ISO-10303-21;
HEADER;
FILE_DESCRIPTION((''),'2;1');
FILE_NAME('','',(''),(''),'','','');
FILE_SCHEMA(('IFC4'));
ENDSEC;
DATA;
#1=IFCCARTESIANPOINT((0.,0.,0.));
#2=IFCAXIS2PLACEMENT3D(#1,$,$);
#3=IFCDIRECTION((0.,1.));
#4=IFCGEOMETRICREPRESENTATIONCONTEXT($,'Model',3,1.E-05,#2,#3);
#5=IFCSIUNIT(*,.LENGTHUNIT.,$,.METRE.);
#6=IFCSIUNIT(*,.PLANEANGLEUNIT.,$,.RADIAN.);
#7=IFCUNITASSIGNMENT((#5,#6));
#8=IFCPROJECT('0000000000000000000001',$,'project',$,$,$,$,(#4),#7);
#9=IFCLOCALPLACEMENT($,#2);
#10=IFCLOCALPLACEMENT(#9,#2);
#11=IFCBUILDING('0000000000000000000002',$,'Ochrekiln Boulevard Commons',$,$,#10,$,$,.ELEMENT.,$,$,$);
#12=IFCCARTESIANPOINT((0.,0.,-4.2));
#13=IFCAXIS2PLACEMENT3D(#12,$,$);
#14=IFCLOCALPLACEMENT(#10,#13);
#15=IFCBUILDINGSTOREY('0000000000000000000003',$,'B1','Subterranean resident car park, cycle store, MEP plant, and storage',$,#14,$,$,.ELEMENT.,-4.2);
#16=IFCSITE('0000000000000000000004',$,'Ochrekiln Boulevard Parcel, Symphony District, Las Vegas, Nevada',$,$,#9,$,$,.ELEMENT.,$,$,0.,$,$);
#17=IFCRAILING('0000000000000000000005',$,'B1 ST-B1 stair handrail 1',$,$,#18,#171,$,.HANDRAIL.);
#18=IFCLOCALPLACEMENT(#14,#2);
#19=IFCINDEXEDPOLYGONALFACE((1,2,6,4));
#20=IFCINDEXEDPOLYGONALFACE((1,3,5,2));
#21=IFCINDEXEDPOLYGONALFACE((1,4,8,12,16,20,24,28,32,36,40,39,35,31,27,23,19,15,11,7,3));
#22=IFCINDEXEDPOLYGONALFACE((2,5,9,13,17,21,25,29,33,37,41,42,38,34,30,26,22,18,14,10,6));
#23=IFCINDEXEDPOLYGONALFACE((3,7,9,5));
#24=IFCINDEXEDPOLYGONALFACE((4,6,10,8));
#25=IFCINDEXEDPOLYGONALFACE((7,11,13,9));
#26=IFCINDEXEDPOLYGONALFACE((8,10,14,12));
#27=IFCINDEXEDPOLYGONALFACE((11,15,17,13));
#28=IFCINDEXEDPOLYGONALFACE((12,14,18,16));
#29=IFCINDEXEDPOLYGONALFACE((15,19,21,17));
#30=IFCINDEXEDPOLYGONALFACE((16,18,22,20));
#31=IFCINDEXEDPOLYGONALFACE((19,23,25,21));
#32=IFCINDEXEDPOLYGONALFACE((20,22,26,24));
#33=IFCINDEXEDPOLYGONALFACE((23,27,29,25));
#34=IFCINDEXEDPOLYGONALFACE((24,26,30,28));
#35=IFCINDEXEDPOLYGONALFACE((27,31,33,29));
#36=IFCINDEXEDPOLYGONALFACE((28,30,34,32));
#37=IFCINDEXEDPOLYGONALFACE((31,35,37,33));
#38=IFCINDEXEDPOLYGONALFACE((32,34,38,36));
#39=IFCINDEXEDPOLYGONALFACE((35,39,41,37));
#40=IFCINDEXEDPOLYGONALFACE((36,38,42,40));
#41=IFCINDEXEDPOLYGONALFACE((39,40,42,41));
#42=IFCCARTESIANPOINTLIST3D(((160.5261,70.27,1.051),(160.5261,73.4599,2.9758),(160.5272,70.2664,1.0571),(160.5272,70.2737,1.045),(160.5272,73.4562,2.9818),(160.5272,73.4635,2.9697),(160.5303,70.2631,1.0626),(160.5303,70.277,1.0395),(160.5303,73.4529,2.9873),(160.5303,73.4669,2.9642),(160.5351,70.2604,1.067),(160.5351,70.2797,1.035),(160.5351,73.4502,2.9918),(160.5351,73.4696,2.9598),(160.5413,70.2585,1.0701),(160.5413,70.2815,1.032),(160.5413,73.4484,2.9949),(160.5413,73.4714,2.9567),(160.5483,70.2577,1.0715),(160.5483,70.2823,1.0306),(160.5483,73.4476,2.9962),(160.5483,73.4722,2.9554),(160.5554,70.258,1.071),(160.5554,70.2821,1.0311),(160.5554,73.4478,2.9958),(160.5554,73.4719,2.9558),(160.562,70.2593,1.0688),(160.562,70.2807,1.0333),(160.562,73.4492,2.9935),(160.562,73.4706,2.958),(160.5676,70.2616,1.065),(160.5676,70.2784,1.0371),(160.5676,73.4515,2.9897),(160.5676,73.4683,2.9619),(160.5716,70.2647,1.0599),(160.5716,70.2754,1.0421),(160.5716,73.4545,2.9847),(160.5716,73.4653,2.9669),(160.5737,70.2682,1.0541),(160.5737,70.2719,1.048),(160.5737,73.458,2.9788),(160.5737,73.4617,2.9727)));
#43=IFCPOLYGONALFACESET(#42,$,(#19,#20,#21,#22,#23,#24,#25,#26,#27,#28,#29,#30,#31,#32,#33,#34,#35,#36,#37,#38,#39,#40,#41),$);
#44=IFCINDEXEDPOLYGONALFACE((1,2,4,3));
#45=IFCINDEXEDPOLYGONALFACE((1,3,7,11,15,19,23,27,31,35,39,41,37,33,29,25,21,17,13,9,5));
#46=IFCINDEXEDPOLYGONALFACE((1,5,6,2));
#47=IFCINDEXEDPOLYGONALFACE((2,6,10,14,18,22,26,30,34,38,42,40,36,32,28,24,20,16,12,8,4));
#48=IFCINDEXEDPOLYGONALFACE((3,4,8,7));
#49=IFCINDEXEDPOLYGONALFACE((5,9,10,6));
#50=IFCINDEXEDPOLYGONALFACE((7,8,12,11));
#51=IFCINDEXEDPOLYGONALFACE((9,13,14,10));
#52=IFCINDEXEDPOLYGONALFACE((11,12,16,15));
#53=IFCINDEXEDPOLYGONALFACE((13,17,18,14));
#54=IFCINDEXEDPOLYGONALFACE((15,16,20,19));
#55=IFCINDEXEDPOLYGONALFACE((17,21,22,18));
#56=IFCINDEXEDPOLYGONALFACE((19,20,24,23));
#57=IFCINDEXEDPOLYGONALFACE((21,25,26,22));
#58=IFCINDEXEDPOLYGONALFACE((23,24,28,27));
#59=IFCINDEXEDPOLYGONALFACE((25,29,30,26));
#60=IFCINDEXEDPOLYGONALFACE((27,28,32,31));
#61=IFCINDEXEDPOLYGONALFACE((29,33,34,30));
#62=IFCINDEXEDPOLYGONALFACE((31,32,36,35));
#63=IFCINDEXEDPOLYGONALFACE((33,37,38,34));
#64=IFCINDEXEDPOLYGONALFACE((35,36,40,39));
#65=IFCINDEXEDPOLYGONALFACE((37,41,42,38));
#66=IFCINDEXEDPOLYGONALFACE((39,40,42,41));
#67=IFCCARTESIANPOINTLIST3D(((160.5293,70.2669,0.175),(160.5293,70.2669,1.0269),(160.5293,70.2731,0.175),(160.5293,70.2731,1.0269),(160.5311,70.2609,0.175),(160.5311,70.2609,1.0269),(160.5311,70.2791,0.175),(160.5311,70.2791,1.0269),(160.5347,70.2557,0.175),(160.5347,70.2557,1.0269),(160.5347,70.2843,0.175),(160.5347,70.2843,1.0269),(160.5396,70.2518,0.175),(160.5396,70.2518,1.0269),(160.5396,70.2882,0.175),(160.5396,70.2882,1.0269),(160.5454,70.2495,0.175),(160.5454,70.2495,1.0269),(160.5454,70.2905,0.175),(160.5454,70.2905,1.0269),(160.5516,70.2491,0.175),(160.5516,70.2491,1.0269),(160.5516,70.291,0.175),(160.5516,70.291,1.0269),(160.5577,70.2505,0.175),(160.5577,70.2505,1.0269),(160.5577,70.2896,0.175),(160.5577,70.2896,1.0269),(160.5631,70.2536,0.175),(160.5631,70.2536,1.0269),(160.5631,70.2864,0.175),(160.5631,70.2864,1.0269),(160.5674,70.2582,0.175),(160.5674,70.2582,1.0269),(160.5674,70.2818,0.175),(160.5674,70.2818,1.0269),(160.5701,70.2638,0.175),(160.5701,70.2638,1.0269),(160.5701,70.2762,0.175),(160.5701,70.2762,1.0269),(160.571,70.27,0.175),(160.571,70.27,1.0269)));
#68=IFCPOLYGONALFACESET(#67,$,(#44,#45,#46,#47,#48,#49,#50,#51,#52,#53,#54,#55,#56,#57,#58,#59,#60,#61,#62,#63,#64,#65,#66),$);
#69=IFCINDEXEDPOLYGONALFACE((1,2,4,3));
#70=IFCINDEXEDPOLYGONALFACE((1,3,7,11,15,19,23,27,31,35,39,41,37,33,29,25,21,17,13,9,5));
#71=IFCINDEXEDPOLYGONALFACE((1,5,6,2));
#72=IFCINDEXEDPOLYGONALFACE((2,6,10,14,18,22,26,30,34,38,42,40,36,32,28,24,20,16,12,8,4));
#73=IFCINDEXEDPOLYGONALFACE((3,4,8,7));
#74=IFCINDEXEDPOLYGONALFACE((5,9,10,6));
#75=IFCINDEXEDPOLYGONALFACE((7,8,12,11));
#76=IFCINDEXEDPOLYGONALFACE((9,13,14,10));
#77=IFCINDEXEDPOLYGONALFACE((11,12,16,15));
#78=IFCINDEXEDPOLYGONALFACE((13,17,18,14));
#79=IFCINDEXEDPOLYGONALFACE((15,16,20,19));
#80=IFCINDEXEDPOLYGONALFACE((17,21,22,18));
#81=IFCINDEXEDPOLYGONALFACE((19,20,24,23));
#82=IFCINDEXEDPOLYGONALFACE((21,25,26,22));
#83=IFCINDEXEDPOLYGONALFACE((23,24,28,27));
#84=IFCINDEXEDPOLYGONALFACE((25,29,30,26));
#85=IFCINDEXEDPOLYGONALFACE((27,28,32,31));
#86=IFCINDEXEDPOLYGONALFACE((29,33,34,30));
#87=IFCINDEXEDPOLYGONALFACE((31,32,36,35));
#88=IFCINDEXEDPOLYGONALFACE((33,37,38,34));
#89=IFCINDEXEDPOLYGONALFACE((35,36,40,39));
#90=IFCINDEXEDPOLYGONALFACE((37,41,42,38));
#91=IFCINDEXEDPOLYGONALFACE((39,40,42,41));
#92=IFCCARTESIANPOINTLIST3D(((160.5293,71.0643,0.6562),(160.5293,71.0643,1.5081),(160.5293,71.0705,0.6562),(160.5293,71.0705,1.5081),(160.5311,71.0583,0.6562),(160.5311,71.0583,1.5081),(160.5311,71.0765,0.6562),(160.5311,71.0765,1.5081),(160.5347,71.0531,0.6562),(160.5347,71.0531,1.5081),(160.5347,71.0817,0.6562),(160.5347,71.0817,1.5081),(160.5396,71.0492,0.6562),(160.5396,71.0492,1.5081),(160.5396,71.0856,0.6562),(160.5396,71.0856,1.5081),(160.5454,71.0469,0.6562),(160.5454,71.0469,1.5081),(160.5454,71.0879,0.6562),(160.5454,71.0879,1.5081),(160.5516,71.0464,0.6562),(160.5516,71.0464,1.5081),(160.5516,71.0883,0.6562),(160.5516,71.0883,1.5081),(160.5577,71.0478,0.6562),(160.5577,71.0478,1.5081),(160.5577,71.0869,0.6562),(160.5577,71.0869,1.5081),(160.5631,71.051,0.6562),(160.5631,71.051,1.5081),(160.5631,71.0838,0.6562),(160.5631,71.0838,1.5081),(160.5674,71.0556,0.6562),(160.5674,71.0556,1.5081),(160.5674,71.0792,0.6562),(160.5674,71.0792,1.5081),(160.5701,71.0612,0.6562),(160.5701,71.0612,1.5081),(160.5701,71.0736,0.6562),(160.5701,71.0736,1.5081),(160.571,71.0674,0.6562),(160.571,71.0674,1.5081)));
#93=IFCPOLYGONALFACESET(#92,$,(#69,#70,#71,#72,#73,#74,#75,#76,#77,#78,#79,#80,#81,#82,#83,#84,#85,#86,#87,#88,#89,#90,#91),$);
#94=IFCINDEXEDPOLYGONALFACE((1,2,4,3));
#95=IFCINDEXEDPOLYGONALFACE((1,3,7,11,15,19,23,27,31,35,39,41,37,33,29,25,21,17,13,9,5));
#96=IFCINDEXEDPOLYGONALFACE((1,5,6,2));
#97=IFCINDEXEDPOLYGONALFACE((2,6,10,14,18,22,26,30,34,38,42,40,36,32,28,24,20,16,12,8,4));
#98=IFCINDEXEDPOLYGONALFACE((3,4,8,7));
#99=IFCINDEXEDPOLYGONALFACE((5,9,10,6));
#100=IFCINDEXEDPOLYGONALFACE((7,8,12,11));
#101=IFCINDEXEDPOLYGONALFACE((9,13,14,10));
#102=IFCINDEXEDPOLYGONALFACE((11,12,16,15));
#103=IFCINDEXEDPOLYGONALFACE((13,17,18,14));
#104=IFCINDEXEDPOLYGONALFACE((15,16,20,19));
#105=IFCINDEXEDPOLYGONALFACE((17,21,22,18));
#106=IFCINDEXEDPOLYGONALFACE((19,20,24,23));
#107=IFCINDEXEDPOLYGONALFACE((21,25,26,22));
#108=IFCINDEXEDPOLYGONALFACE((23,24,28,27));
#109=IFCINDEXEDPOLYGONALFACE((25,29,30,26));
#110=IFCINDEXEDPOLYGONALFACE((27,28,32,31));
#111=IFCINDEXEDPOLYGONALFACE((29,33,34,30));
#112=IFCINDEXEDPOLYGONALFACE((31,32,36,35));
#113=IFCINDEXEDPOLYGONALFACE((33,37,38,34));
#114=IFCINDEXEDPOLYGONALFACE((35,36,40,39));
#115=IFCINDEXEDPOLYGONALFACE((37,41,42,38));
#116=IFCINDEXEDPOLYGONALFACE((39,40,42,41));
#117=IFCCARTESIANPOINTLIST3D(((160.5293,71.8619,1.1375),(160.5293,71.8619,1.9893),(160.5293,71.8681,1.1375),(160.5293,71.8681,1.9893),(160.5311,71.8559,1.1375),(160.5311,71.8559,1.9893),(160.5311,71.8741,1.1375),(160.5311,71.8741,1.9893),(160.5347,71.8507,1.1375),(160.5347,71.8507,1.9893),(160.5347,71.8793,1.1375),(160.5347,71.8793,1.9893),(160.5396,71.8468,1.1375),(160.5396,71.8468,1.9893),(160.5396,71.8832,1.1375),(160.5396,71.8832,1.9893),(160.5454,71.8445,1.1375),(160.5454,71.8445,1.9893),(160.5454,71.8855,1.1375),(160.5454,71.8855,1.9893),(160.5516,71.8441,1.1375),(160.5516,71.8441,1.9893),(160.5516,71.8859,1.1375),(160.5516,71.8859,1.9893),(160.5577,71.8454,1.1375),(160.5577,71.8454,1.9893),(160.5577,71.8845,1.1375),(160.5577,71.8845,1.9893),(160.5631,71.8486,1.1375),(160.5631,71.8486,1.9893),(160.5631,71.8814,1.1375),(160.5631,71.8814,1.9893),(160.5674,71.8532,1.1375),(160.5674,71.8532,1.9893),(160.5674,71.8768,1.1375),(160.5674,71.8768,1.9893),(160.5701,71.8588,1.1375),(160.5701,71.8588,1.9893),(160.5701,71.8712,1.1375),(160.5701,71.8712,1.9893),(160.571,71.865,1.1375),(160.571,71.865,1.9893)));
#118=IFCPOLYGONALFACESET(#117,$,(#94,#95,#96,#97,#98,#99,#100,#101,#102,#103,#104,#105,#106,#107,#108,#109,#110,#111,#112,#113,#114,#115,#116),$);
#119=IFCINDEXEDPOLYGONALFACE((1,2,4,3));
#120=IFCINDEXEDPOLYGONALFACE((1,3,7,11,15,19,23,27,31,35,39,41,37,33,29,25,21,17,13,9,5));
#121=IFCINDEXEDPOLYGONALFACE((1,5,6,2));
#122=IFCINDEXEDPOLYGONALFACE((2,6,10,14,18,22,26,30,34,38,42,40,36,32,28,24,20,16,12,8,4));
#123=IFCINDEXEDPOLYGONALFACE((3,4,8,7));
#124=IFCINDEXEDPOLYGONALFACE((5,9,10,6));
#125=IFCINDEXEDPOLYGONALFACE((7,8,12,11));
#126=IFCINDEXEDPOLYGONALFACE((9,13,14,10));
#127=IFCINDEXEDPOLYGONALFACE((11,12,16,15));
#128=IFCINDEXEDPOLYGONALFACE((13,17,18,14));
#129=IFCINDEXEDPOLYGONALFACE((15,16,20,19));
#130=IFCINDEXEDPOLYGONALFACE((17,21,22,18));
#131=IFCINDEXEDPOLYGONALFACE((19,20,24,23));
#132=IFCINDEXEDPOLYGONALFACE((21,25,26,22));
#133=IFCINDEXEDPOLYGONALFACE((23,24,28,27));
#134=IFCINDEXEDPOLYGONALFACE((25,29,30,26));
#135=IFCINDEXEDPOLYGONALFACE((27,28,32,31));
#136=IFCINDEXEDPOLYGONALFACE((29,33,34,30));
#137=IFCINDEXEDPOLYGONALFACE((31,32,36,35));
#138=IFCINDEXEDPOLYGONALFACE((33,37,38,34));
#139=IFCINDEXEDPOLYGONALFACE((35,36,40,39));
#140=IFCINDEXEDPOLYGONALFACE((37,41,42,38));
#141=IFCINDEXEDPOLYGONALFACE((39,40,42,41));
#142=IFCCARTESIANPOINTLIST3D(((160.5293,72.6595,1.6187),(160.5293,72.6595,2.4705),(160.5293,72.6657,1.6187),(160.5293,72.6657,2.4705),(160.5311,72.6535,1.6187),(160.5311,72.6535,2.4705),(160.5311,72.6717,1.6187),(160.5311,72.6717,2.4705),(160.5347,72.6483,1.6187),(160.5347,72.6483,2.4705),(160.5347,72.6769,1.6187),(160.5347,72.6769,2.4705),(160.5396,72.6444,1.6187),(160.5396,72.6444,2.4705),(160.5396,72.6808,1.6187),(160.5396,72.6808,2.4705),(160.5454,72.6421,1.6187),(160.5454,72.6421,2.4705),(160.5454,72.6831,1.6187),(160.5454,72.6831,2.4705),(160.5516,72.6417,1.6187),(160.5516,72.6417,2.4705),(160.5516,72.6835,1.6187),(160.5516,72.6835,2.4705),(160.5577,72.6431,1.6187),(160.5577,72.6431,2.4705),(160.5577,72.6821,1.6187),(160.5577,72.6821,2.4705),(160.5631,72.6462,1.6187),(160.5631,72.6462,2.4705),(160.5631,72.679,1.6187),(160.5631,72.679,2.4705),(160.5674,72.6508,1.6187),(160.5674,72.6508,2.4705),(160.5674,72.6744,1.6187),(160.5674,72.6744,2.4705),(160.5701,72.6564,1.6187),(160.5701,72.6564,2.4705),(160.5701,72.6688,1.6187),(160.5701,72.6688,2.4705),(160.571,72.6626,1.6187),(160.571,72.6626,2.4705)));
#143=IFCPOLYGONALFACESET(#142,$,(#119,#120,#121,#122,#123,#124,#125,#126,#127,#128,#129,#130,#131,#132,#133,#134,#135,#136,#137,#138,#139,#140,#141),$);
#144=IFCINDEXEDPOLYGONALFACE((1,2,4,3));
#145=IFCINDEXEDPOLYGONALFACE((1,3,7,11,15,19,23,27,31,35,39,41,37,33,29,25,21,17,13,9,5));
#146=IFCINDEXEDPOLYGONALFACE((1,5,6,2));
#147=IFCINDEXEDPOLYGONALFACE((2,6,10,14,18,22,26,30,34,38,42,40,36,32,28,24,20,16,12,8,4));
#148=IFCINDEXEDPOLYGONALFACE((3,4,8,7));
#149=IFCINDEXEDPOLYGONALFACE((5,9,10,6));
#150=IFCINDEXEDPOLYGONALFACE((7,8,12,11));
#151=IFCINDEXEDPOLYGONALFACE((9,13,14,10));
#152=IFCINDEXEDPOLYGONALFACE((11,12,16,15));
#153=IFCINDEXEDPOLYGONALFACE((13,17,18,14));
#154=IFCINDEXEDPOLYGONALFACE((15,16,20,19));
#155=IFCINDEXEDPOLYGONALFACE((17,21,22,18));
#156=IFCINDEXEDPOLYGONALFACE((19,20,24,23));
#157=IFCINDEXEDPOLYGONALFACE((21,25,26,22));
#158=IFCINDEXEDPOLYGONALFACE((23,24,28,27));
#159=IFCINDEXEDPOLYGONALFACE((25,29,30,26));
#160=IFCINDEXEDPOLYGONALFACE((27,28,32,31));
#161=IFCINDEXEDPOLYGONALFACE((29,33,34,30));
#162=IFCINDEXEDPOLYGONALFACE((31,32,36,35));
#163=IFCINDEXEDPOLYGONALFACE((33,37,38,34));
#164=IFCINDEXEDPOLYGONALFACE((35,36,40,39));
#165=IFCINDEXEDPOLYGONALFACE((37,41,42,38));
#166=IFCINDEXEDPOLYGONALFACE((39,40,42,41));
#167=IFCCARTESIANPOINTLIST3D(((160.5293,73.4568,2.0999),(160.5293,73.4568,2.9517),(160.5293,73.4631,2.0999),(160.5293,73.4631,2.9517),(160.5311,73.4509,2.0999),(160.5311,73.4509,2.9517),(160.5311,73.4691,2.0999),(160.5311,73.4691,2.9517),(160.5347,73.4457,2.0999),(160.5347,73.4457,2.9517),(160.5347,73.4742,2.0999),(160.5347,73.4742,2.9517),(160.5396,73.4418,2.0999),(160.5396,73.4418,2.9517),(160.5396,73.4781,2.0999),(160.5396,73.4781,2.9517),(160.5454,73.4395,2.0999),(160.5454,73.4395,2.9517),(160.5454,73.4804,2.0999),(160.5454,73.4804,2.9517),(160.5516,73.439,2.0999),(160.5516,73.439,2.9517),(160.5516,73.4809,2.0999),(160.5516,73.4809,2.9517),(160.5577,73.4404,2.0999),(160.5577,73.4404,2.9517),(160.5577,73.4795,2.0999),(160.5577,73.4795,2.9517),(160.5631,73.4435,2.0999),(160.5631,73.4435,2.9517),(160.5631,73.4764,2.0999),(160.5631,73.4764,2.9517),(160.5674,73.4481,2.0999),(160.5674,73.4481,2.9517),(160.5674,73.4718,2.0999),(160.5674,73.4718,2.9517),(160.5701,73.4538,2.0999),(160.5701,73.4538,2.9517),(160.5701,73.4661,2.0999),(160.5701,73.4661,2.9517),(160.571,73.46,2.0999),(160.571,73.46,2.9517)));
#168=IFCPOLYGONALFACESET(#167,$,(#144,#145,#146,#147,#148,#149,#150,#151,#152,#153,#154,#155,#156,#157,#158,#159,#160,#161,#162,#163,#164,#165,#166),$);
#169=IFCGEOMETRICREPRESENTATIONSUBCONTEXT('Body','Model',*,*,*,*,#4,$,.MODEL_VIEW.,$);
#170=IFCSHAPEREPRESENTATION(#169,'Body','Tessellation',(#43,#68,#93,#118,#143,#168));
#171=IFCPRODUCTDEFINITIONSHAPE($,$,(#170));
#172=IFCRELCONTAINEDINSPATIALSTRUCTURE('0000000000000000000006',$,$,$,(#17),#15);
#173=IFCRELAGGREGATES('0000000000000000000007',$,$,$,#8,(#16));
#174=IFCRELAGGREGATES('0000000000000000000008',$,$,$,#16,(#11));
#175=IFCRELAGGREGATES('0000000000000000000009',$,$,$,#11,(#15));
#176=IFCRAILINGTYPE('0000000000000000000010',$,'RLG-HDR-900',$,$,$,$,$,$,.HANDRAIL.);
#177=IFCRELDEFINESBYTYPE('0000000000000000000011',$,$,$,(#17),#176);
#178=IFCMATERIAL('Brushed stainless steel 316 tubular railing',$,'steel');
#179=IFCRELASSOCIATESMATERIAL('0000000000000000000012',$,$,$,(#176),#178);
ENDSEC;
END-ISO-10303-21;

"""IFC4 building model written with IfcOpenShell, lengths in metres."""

from ifc_helpers import new_model, si_unit, direction, frame, origin, origin_2d, place, context, subcontext, project, spatial, circle, extrude, material, type_object, element, save


model = new_model("IFC4")

# Units and contexts
model_context = context("Model", 3, precision=1e-05, world=origin(), true_north=direction((0.0, 1.0)))
body_context = subcontext(model_context, "Body", "Model", "MODEL_VIEW")
ifc_project = project(units=[si_unit("LENGTHUNIT", "METRE"), si_unit("PLANEANGLEUNIT", "RADIAN")], contexts=[model_context])

# Site, building, storey
site_placement = place(None, origin())
site = spatial("IfcSite", under=ifc_project, at=site_placement, Name="Ochrekiln Boulevard Parcel, Symphony District, Las Vegas, Nevada", CompositionType="ELEMENT", RefElevation=0.0)
building_placement = place(site_placement, origin())
building = spatial("IfcBuilding", under=site, at=building_placement, Name="Ochrekiln Boulevard Commons", CompositionType="ELEMENT")
storey_placement = place(building_placement, frame((0.0, 0.0, -4.2)))
storey = spatial("IfcBuildingStorey", under=building, at=storey_placement, Name="B1", Description="Subterranean resident car park, cycle store, MEP plant, and storage", CompositionType="ELEMENT", Elevation=-4.2)

# Railing
ifc_material_1 = material(Name="Brushed stainless steel 316 tubular railing", Category="steel")
railing_type = type_object("IfcRailingType", Name="RLG-HDR-900", PredefinedType="HANDRAIL", material=ifc_material_1)
railing_placement = place(storey_placement, frame((160.55, 70.27, 0.175)))
element("IfcRailing", 1, at=railing_placement, inside=storey, type_object=railing_type, Name="B1 ST-B1 stair handrail 1", PredefinedType="HANDRAIL", context=body_context, shape_type="SweptSolid", body=[
    extrude(circle(Radius=0.0239, at=origin_2d()), frame((0.0, 0.0, 0.876), z_axis=(0.0, 0.856207, 0.516633), x_axis=(-1.0, 0.0, 0.0)), (0.0, 0.0, 1.0), 3.7256),
    extrude(circle(Radius=0.021, at=origin_2d()), origin(), (0.0, 0.0, 1.0), 0.8518),
    extrude(circle(Radius=0.021, at=origin_2d()), frame((0.0, 0.7974, 0.4812)), (0.0, 0.0, 1.0), 0.8518),
    extrude(circle(Radius=0.021, at=origin_2d()), frame((0.0, 1.595, 0.9624)), (0.0, 0.0, 1.0), 0.8518),
    extrude(circle(Radius=0.021, at=origin_2d()), frame((0.0, 2.3926, 1.4436)), (0.0, 0.0, 1.0), 0.8518),
    extrude(circle(Radius=0.021, at=origin_2d()), frame((0.0, 3.1899, 1.9248)), (0.0, 0.0, 1.0), 0.8518),
])

save(model, "model.ifc")
